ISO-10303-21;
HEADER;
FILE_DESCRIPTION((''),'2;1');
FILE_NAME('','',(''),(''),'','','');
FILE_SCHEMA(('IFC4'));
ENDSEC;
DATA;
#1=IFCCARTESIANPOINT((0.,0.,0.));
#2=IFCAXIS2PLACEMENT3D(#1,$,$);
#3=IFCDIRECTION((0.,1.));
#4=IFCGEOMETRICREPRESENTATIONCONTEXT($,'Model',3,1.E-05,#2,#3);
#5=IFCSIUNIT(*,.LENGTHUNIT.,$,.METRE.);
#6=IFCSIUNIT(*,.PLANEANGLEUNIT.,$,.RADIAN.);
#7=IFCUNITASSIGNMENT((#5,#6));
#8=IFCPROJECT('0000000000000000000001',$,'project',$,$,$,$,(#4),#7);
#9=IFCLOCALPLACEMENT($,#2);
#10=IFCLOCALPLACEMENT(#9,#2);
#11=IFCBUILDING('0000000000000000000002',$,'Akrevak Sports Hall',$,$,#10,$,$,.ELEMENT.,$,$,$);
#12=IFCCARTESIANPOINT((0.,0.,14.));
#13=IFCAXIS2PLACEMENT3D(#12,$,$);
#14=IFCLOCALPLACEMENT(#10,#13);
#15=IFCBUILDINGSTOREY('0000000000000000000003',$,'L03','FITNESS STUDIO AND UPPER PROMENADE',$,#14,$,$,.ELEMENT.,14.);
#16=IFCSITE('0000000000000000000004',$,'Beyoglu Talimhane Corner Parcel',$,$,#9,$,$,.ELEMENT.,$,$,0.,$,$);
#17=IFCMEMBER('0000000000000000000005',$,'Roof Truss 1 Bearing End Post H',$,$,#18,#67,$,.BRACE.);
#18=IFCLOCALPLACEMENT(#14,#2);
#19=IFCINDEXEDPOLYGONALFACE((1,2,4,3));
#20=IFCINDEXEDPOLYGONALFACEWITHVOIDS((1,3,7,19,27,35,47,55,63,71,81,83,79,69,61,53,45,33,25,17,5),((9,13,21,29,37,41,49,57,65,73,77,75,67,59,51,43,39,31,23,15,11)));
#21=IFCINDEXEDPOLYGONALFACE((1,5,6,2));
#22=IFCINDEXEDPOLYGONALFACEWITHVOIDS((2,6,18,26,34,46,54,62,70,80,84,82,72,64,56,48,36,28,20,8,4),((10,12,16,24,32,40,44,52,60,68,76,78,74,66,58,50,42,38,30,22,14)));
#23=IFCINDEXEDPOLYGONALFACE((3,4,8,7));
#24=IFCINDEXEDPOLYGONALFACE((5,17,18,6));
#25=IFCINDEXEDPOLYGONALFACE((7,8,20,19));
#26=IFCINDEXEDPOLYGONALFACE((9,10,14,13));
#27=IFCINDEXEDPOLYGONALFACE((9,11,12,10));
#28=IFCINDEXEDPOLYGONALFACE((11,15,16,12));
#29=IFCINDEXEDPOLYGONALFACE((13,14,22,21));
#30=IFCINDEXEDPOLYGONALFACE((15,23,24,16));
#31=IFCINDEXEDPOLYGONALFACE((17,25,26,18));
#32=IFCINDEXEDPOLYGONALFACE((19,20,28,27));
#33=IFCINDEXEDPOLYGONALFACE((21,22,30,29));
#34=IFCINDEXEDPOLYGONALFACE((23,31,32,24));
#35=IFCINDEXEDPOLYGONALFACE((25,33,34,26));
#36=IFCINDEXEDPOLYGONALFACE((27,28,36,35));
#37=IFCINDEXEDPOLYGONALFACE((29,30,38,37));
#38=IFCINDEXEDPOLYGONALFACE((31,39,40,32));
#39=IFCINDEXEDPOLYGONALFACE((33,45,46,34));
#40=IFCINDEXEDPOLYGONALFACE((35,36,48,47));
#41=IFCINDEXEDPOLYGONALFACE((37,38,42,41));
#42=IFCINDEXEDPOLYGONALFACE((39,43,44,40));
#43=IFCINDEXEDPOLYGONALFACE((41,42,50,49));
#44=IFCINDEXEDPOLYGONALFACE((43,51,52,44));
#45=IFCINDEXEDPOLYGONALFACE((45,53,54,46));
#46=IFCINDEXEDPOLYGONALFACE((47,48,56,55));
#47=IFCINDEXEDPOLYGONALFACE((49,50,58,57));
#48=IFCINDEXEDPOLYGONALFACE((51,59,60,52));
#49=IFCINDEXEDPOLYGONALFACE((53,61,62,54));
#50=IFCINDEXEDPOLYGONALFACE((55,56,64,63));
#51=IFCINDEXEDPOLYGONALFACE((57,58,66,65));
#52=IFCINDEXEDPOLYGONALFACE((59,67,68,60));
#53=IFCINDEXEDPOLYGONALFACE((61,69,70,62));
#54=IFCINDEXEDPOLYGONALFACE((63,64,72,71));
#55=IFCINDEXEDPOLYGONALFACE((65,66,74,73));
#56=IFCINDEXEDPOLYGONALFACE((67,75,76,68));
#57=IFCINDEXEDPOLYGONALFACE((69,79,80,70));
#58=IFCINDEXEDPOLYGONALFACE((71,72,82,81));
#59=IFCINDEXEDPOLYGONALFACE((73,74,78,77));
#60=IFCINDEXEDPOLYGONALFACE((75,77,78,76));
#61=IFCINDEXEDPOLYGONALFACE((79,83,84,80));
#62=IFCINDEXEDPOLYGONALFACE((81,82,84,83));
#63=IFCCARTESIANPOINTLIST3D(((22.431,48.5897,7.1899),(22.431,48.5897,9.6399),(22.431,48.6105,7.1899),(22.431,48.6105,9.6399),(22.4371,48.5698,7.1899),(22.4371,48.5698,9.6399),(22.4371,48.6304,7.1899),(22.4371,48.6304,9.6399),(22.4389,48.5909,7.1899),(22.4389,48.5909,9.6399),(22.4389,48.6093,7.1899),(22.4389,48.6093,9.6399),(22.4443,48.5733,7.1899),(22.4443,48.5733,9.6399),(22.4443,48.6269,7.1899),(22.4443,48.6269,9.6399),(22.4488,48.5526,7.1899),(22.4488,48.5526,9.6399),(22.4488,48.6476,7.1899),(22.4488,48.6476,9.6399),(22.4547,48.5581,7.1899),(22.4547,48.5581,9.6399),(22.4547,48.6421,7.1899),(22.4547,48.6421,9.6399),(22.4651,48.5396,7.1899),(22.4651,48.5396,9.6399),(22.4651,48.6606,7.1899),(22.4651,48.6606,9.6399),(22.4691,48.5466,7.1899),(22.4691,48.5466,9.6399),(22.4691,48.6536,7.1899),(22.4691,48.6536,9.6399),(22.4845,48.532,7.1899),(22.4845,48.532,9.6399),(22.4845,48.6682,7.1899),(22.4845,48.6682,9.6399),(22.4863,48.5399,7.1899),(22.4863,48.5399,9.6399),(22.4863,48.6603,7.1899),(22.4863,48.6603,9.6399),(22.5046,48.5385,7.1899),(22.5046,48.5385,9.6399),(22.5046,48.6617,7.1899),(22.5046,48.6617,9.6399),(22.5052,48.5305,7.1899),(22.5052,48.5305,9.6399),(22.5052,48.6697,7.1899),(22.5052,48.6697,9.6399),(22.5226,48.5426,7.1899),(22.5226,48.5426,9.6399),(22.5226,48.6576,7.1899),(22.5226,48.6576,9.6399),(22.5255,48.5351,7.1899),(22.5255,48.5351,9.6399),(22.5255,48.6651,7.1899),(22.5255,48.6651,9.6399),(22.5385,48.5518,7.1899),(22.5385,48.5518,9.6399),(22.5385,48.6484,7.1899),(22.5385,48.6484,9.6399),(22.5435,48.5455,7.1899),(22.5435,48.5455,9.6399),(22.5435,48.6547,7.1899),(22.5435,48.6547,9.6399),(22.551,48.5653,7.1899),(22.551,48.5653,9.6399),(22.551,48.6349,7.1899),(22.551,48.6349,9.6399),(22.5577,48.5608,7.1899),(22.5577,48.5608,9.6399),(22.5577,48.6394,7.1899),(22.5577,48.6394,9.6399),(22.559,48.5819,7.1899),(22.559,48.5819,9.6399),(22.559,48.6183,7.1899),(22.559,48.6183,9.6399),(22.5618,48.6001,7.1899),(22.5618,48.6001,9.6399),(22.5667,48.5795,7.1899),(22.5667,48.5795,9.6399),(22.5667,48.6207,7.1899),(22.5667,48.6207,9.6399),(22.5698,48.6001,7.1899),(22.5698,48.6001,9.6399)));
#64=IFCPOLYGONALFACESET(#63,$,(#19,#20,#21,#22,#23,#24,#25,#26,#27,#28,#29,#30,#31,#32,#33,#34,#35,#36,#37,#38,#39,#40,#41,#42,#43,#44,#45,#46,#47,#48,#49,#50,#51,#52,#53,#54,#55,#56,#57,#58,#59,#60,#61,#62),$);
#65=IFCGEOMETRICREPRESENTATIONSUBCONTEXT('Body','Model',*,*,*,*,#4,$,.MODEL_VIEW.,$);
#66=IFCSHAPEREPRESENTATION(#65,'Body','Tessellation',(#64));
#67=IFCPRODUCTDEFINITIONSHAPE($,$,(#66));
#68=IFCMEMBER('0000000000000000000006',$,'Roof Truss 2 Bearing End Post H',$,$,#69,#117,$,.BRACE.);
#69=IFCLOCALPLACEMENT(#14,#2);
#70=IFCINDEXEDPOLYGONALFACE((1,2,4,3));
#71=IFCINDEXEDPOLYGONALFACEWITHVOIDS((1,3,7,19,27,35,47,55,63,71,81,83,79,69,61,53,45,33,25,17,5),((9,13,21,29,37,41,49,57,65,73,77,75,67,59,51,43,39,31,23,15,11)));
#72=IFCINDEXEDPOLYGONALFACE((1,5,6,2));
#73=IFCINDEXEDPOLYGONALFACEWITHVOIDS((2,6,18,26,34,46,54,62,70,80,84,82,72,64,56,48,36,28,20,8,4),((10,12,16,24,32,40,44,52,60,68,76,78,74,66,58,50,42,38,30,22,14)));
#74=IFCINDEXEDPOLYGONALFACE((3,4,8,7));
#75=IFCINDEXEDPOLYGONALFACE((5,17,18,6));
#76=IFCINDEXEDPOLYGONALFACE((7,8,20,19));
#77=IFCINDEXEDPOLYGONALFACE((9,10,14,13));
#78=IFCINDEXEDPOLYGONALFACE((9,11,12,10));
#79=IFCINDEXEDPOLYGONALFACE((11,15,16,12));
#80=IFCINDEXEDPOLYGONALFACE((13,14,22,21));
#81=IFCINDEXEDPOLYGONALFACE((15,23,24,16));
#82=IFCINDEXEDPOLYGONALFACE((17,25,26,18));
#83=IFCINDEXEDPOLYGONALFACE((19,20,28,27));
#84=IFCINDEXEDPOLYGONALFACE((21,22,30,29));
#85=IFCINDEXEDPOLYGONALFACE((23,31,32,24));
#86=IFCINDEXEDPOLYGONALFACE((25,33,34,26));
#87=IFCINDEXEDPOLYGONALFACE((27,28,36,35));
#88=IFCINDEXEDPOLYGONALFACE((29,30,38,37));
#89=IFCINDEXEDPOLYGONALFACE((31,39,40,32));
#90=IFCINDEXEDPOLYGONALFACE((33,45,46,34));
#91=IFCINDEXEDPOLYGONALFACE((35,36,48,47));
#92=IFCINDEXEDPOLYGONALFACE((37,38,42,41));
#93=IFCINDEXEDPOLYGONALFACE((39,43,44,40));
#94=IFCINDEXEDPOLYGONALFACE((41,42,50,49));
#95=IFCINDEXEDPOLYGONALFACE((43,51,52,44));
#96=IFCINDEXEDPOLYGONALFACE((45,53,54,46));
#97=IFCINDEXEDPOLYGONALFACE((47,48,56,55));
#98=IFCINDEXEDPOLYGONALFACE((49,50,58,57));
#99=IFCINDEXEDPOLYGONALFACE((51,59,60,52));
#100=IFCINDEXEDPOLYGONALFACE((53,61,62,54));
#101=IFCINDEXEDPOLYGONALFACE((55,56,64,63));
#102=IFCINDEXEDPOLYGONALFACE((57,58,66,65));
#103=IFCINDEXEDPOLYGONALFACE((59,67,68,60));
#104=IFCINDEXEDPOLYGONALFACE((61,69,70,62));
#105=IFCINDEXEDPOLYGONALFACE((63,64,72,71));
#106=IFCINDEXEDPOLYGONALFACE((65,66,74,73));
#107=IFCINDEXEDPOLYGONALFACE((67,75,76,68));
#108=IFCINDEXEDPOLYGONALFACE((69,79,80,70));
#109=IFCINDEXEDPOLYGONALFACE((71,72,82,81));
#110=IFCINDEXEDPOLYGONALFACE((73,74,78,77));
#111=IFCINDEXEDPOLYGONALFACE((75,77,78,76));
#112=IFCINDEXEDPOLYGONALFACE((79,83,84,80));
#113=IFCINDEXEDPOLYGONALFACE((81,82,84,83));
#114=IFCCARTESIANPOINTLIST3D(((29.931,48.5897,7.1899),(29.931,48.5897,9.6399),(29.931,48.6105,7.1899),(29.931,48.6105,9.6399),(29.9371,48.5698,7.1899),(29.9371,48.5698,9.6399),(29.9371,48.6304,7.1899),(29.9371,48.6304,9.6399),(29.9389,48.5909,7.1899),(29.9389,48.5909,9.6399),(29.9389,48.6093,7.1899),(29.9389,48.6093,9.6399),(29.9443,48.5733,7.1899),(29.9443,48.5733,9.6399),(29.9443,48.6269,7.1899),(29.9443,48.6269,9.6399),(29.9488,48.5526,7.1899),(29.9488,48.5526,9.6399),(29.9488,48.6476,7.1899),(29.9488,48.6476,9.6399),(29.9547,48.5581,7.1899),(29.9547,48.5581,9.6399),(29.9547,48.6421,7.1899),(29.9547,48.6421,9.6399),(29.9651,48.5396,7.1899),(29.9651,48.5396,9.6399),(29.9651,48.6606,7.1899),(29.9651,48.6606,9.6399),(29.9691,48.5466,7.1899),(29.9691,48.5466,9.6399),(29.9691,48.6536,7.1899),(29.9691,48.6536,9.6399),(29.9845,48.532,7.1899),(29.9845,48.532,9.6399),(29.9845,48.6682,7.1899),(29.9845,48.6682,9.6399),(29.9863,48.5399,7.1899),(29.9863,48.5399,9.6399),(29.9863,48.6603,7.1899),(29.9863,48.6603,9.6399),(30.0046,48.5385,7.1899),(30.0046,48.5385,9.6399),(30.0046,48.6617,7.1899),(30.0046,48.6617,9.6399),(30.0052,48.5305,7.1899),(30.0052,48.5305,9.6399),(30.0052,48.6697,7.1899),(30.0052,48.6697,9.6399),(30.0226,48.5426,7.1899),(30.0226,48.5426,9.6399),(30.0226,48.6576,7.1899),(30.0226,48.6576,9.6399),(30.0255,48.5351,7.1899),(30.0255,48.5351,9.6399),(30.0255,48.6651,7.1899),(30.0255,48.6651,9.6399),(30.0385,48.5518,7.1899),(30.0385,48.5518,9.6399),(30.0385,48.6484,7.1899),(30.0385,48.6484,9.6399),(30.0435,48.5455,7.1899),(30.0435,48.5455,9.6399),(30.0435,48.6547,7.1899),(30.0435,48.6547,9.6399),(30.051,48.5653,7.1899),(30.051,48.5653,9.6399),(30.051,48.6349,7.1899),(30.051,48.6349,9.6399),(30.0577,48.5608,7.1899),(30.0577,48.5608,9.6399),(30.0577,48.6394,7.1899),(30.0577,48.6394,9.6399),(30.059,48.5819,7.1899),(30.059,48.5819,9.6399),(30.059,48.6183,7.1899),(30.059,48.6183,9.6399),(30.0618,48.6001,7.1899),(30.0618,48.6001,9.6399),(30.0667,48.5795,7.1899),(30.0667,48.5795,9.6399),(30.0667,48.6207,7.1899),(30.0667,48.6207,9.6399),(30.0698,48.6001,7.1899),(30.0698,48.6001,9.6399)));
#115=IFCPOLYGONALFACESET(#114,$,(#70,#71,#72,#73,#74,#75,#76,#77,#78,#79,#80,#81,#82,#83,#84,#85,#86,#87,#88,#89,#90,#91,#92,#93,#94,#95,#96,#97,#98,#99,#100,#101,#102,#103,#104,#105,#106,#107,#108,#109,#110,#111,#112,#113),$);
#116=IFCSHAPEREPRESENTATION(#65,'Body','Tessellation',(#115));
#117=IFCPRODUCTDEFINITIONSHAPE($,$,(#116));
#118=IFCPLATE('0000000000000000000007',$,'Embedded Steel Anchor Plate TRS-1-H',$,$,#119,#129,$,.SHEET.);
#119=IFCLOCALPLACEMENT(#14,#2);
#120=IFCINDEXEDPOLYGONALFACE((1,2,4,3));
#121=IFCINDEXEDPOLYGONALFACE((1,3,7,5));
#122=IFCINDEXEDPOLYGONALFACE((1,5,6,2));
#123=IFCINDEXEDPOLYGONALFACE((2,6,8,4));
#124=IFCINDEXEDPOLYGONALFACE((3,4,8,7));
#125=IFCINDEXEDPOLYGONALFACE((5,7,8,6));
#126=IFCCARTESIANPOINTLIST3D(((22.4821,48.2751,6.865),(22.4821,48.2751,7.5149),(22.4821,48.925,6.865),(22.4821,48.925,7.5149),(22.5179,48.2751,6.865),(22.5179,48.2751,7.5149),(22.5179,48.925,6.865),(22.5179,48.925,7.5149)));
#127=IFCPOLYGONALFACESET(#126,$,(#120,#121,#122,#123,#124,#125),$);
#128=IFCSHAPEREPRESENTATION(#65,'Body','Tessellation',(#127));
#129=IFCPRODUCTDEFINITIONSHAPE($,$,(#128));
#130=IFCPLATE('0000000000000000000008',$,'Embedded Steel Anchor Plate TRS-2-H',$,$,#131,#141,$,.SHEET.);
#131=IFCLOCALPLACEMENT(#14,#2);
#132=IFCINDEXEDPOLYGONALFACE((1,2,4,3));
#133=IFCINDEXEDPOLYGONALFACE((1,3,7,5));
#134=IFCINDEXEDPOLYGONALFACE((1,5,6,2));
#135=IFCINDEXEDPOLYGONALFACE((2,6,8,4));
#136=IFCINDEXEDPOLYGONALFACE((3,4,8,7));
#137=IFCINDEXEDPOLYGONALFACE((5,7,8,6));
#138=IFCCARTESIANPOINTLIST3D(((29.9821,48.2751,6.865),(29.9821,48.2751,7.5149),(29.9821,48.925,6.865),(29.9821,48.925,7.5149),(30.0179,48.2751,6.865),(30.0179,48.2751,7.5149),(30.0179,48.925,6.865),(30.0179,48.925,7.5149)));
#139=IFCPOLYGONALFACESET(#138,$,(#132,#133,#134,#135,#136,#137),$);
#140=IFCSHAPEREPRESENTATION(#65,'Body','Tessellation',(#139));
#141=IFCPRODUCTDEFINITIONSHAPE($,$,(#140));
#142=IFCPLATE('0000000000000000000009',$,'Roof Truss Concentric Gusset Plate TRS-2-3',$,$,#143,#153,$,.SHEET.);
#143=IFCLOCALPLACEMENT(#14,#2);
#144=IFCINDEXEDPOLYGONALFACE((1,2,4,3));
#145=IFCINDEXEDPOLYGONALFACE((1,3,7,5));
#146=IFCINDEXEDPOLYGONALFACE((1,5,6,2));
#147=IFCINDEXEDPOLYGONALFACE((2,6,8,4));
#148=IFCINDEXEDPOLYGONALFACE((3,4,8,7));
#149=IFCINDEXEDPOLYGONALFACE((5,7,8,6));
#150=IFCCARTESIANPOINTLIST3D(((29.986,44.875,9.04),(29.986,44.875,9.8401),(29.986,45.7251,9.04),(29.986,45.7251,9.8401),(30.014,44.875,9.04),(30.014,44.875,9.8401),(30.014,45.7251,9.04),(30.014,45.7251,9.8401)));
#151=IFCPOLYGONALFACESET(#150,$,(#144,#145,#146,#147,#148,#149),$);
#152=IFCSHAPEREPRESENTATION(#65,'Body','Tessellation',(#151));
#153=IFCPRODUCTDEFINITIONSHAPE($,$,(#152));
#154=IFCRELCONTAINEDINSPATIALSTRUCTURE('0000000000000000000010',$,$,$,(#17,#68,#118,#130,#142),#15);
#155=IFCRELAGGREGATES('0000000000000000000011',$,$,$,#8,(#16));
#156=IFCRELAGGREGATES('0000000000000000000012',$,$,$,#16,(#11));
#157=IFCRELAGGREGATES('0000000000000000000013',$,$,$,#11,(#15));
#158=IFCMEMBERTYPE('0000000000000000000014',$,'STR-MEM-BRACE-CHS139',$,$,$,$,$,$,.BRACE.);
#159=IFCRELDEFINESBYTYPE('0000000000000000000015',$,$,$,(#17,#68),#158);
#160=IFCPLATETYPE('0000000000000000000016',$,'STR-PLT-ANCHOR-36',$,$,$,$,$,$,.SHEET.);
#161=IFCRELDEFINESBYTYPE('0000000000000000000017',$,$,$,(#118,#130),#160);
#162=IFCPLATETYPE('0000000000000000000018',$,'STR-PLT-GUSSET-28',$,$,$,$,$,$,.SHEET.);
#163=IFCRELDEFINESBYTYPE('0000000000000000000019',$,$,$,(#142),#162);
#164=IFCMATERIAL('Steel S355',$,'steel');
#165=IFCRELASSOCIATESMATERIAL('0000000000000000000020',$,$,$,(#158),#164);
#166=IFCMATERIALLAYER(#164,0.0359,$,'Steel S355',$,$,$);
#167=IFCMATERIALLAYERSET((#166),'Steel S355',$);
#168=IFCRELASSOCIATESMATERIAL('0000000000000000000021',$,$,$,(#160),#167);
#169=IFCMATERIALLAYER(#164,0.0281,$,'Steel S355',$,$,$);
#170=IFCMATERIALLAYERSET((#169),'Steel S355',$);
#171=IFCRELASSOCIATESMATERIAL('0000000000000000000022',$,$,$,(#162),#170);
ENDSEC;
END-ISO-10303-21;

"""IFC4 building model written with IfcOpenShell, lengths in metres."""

from ifc_helpers import new_model, si_unit, direction, frame, origin, origin_2d, place, context, subcontext, project, spatial, rectangle, hollow_circle, extrude, material, layer, layer_set, material_profile, profile_set, type_object, element, save


model = new_model("IFC4")

# Units and contexts
model_context = context("Model", 3, precision=1e-05, world=origin(), true_north=direction((0.0, 1.0)))
body_context = subcontext(model_context, "Body", "Model", "MODEL_VIEW")
ifc_project = project(units=[si_unit("LENGTHUNIT", "METRE"), si_unit("PLANEANGLEUNIT", "RADIAN")], contexts=[model_context])

# Site, building, storey
site_placement = place(None, origin())
site = spatial("IfcSite", under=ifc_project, at=site_placement, Name="Beyoglu Talimhane Corner Parcel", CompositionType="ELEMENT", RefElevation=0.0)
building_placement = place(site_placement, origin())
building = spatial("IfcBuilding", under=site, at=building_placement, Name="Akrevak Sports Hall", CompositionType="ELEMENT")
storey_placement = place(building_placement, frame((0.0, 0.0, 14.0)))
storey = spatial("IfcBuildingStorey", under=building, at=storey_placement, Name="L03", Description="FITNESS STUDIO AND UPPER PROMENADE", CompositionType="ELEMENT", Elevation=14.0)

# Members
ifc_material_1 = material(Name="Steel S355", Category="steel")
ifc_material_profile_1 = material_profile(ifc_material_1, hollow_circle(Radius=0.0698, WallThickness=0.0081, at=origin_2d()), Name="CHS 139.7x8", Category="steel")
ifc_profile_set_1 = profile_set([ifc_material_profile_1], Name="Steel S355")
member_type = type_object("IfcMemberType", Name="STR-MEM-BRACE-CHS139", PredefinedType="BRACE", material=ifc_profile_set_1)
for number, where, z_axis, x_axis, name in (
    (1, (22.5, 48.6001, 7.1899), (0.0, 0.0, 1.0), (1.0, 0.0, 0.0), "Roof Truss 1 Bearing End Post H"),
    (2, (30.0, 48.6001, 7.1899), (0.0, 0.0, 1.0), (1.0, 0.0, 0.0), "Roof Truss 2 Bearing End Post H"),
):
    element("IfcMember", number, at=place(storey_placement, frame(where, z_axis=z_axis, x_axis=x_axis)), inside=storey, type_object=member_type, Name=name, PredefinedType="BRACE", context=body_context, shape_type="SweptSolid", body=[
        extrude(hollow_circle(Radius=0.0698, WallThickness=0.0081, at=origin_2d()), origin(), (0.0, 0.0, 1.0), 2.45),
    ])

# Plates
ifc_layer_1 = layer(ifc_material_1, 0.0359, Name="Steel S355")
ifc_layer_set_1 = layer_set([ifc_layer_1], Name="Steel S355")
plate_type_1 = type_object("IfcPlateType", Name="STR-PLT-ANCHOR-36", PredefinedType="SHEET", material=ifc_layer_set_1)
for number, where, z_axis, x_axis, name in (
    (3, (22.5, 48.6001, 6.865), (0.0, 0.0, 1.0), (0.0, 1.0, 0.0), "Embedded Steel Anchor Plate TRS-1-H"),
    (4, (30.0, 48.6001, 6.865), (0.0, 0.0, 1.0), (0.0, 1.0, 0.0), "Embedded Steel Anchor Plate TRS-2-H"),
):
    element("IfcPlate", number, at=place(storey_placement, frame(where, z_axis=z_axis, x_axis=x_axis)), inside=storey, type_object=plate_type_1, Name=name, PredefinedType="SHEET", context=body_context, shape_type="SweptSolid", body=[
        extrude(rectangle(XDim=0.6499, YDim=0.0359, at=origin_2d()), origin(), (0.0, 0.0, 1.0), 0.6499),
    ])
ifc_layer_2 = layer(ifc_material_1, 0.0281, Name="Steel S355")
ifc_layer_set_2 = layer_set([ifc_layer_2], Name="Steel S355")
plate_type_2 = type_object("IfcPlateType", Name="STR-PLT-GUSSET-28", PredefinedType="SHEET", material=ifc_layer_set_2)
plate_placement = place(storey_placement, frame((30.0, 45.3, 9.04), z_axis=(0.0, 0.0, 1.0), x_axis=(1.0, 0.0, 0.0)))
element("IfcPlate", 5, at=plate_placement, inside=storey, type_object=plate_type_2, Name="Roof Truss Concentric Gusset Plate TRS-2-3", PredefinedType="SHEET", context=body_context, shape_type="SweptSolid", body=[
    extrude(rectangle(XDim=0.0281, YDim=0.8501, at=origin_2d()), origin(), (0.0, 0.0, 1.0), 0.8),
])

save(model, "model.ifc")
